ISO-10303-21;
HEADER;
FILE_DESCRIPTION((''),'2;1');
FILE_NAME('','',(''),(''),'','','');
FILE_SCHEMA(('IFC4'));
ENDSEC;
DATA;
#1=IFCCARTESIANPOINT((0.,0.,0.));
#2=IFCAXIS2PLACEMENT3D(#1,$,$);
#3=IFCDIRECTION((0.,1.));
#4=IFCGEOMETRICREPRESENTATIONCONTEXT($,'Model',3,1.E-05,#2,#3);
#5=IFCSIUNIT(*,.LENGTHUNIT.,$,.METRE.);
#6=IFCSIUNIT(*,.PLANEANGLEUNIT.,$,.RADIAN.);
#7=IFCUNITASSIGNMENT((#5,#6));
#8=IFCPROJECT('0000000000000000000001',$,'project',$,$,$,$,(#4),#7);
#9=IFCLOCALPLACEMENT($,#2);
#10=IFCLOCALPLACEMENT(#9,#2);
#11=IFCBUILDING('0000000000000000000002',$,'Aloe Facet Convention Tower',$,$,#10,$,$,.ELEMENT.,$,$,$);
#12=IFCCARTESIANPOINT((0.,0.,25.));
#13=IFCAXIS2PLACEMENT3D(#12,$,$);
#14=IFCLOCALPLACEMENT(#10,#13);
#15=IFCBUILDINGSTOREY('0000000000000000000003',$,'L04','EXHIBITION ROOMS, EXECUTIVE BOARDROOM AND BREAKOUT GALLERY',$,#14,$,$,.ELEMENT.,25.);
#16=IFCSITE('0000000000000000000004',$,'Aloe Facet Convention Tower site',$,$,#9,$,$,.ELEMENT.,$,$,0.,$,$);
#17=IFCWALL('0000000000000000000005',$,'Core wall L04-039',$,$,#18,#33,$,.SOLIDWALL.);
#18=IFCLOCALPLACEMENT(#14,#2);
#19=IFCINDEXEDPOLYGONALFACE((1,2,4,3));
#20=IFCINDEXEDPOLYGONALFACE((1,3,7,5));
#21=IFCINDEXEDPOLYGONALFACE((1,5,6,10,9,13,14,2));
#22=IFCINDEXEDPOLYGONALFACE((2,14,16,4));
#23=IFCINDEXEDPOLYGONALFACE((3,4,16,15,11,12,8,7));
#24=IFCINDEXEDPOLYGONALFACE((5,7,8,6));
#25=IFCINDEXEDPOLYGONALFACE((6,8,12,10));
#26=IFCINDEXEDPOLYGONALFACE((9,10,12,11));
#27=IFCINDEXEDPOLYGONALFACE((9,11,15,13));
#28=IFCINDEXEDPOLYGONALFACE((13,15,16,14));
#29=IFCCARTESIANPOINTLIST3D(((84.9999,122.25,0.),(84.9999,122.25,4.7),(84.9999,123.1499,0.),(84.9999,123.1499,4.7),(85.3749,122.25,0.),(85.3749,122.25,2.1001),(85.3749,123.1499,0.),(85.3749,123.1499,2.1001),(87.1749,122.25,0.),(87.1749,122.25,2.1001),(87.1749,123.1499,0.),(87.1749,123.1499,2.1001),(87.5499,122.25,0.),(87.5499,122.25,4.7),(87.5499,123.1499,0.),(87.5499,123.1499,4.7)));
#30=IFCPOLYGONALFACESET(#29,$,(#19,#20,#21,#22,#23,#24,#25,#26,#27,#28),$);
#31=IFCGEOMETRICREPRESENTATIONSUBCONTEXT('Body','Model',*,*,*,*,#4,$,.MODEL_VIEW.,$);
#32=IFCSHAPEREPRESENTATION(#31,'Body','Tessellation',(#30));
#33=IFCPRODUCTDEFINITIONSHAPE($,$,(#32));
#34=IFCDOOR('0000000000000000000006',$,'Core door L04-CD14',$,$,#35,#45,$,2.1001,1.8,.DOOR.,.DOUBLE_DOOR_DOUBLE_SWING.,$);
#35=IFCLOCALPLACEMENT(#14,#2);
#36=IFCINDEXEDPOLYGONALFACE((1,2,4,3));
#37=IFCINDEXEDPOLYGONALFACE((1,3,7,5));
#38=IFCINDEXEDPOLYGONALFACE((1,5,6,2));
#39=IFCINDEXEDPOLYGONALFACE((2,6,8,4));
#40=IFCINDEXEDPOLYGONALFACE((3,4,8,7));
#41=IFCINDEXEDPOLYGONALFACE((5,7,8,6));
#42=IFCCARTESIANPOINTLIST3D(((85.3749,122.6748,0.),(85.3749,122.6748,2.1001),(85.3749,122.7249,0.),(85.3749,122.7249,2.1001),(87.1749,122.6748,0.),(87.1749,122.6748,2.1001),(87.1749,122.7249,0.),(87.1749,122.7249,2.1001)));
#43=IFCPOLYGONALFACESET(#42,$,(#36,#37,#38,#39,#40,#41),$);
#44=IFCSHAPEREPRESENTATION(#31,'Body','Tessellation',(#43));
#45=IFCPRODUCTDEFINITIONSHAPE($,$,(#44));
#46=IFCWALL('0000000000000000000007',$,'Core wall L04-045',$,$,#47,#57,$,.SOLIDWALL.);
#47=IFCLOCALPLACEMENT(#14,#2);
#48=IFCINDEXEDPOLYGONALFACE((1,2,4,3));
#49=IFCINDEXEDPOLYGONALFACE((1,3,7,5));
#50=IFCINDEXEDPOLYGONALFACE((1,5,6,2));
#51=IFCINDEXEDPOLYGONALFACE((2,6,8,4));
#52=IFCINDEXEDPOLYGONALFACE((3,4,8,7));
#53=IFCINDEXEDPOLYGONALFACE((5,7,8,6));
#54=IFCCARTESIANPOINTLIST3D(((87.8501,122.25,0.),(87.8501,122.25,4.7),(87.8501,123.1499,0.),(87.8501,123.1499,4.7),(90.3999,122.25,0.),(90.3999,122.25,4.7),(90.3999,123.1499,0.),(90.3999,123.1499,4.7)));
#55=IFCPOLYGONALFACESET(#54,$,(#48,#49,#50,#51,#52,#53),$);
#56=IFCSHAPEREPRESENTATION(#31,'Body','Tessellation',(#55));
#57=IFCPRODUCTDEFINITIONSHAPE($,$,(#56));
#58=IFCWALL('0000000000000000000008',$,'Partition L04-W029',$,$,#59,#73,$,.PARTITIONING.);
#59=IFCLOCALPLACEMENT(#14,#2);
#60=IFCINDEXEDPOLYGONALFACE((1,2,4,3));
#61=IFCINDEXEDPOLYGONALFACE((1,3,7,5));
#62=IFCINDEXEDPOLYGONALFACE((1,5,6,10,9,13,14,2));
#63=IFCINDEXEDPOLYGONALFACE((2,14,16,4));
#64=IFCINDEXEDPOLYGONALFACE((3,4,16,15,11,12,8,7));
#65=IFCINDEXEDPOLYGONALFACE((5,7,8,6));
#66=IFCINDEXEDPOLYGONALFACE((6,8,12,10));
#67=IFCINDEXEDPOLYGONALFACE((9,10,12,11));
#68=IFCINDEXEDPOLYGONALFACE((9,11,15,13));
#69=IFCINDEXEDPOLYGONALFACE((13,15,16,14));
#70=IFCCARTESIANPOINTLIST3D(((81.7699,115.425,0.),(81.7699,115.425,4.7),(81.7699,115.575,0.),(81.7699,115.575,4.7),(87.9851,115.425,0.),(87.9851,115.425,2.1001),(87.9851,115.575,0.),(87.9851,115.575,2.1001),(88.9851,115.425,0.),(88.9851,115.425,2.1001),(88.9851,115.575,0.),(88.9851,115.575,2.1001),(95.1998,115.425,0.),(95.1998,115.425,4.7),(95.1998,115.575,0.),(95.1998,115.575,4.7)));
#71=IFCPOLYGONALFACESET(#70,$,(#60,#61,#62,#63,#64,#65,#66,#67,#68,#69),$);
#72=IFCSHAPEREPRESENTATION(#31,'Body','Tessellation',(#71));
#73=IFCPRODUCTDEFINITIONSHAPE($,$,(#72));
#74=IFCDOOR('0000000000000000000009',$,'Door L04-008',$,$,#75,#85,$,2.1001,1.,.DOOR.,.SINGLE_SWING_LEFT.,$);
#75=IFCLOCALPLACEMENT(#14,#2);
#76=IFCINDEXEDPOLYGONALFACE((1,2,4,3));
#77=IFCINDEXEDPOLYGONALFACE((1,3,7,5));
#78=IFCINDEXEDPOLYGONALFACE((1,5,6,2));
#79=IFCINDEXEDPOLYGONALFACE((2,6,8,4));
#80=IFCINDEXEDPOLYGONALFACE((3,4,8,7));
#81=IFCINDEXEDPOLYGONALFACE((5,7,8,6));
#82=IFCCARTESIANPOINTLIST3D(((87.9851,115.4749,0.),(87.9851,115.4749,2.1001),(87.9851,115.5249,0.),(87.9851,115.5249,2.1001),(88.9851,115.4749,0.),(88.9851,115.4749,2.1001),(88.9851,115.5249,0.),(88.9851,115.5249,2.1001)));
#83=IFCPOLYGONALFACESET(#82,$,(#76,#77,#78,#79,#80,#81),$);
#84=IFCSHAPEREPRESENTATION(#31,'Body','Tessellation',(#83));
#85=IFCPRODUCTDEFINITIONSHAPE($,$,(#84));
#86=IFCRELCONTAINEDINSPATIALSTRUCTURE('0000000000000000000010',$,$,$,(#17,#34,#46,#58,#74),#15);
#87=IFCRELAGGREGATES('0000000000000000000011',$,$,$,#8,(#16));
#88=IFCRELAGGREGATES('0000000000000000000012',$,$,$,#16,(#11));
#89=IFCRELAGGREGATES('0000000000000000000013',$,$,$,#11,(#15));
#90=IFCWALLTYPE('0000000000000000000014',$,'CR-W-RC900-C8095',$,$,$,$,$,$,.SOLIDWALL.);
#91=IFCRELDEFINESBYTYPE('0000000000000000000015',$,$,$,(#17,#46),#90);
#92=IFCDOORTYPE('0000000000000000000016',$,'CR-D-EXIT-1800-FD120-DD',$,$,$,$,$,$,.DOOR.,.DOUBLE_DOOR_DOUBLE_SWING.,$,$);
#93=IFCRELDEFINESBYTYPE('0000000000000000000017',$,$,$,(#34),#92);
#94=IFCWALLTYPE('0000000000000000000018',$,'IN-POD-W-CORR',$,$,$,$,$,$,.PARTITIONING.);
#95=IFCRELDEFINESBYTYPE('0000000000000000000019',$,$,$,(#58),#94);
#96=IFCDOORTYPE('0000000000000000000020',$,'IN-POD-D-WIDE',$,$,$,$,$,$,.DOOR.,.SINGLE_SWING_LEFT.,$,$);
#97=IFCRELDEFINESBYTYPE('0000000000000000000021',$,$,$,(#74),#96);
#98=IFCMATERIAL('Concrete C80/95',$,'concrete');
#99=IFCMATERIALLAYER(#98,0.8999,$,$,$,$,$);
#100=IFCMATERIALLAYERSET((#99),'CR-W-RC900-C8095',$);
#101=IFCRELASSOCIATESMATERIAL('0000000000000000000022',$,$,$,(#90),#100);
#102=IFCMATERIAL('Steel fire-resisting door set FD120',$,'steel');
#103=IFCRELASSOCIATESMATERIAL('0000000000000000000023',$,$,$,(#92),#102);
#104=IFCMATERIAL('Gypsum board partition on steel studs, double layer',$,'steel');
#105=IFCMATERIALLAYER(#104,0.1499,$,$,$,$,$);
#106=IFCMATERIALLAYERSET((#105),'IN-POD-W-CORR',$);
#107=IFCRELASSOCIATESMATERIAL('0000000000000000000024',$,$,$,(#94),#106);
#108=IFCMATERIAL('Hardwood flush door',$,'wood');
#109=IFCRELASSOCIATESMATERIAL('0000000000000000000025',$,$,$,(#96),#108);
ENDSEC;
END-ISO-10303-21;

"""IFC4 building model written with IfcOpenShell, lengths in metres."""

from ifc_helpers import new_model, si_unit, direction, frame, frame_2d, origin, place, context, subcontext, project, spatial, rectangle, extrude, material, layer, layer_set, type_object, element, fill, save


model = new_model("IFC4")

# Units and contexts
model_context = context("Model", 3, precision=1e-05, world=origin(), true_north=direction((0.0, 1.0)))
body_context = subcontext(model_context, "Body", "Model", "MODEL_VIEW")
ifc_project = project(units=[si_unit("LENGTHUNIT", "METRE"), si_unit("PLANEANGLEUNIT", "RADIAN")], contexts=[model_context])

# Site, building, storey
site_placement = place(None, origin())
site = spatial("IfcSite", under=ifc_project, at=site_placement, Name="Aloe Facet Convention Tower site", CompositionType="ELEMENT", RefElevation=0.0)
building_placement = place(site_placement, origin())
building = spatial("IfcBuilding", under=site, at=building_placement, Name="Aloe Facet Convention Tower", CompositionType="ELEMENT")
storey_placement = place(building_placement, frame((0.0, 0.0, 25.0)))
storey = spatial("IfcBuildingStorey", under=building, at=storey_placement, Name="L04", Description="EXHIBITION ROOMS, EXECUTIVE BOARDROOM AND BREAKOUT GALLERY", CompositionType="ELEMENT", Elevation=25.0)

# Wall, opening, door
ifc_material_1 = material(Name="Concrete C80/95", Category="concrete")
ifc_layer_1 = layer(ifc_material_1, 0.8999)
ifc_layer_set_1 = layer_set([ifc_layer_1], Name="CR-W-RC900-C8095")
wall_type_1 = type_object("IfcWallType", Name="CR-W-RC900-C8095", PredefinedType="SOLIDWALL", material=ifc_layer_set_1)
wall_1_placement = place(storey_placement, frame((85.0, 122.7, 0.0), z_axis=(0.0, 0.0, 1.0), x_axis=(1.0, 0.0, 0.0)))
wall_1 = element("IfcWall", 1, at=wall_1_placement, inside=storey, type_object=wall_type_1, Name="Core wall L04-039", PredefinedType="SOLIDWALL", context=body_context, shape_type="SweptSolid", body=[
    extrude(rectangle(XDim=2.55, YDim=0.8999, at=frame_2d((1.2749, 0.0))), origin(), (0.0, 0.0, 1.0), 4.7),
])
opening_1_placement = place(wall_1_placement, frame((0.375, 0.0, 0.0)))
opening_1 = element("IfcOpeningElement", 2, at=opening_1_placement, cuts=wall_1, PredefinedType="OPENING", context=body_context, shape_type="SweptSolid", body=[
    extrude(rectangle(XDim=1.8, YDim=2.1001, at=frame_2d((0.8999, 1.05))), frame((0.0, 0.46, 0.0), z_axis=(0.0, -1.0, 0.0), x_axis=(1.0, 0.0, 0.0)), (0.0, 0.0, 1.0), 0.9199),
])
ifc_material_2 = material(Name="Steel fire-resisting door set FD120", Category="steel")
door_type_1 = type_object("IfcDoorType", Name="CR-D-EXIT-1800-FD120-DD", OperationType="DOUBLE_DOOR_DOUBLE_SWING", PredefinedType="DOOR", material=ifc_material_2)
door_1_placement = place(opening_1_placement, origin())
door_1 = element("IfcDoor", 3, at=door_1_placement, inside=storey, type_object=door_type_1, Name="Core door L04-CD14", OperationType="DOUBLE_DOOR_DOUBLE_SWING", OverallHeight=2.1001, OverallWidth=1.8, PredefinedType="DOOR", context=body_context, shape_type="SweptSolid", body=[
    extrude(rectangle(XDim=1.8, YDim=2.1001, at=frame_2d((0.8999, 1.05))), frame((0.0, 0.0249, 0.0), z_axis=(0.0, -1.0, 0.0), x_axis=(1.0, 0.0, 0.0)), (0.0, 0.0, 1.0), 0.05),
])
fill(opening_1, door_1)

# Wall
wall_2_placement = place(storey_placement, frame((87.8501, 122.7, 0.0), z_axis=(0.0, 0.0, 1.0), x_axis=(1.0, 0.0, 0.0)))
element("IfcWall", 4, at=wall_2_placement, inside=storey, type_object=wall_type_1, Name="Core wall L04-045", PredefinedType="SOLIDWALL", context=body_context, shape_type="SweptSolid", body=[
    extrude(rectangle(XDim=2.5498, YDim=0.8999, at=frame_2d((1.2749, 0.0))), origin(), (0.0, 0.0, 1.0), 4.7),
])

# Wall, opening, door
ifc_material_3 = material(Name="Gypsum board partition on steel studs, double layer", Category="steel")
ifc_layer_2 = layer(ifc_material_3, 0.1499)
ifc_layer_set_2 = layer_set([ifc_layer_2], Name="IN-POD-W-CORR")
wall_type_2 = type_object("IfcWallType", Name="IN-POD-W-CORR", PredefinedType="PARTITIONING", material=ifc_layer_set_2)
wall_3_placement = place(storey_placement, frame((81.77, 115.5, 0.0), z_axis=(0.0, 0.0, 1.0), x_axis=(1.0, 0.0, 0.0)))
wall_3 = element("IfcWall", 5, at=wall_3_placement, inside=storey, type_object=wall_type_2, Name="Partition L04-W029", PredefinedType="PARTITIONING", context=body_context, shape_type="SweptSolid", body=[
    extrude(rectangle(XDim=13.4299, YDim=0.1499, at=frame_2d((6.7148, 0.0))), origin(), (0.0, 0.0, 1.0), 4.7),
])
opening_2_placement = place(wall_3_placement, frame((6.2151, 0.0, 0.0)))
opening_2 = element("IfcOpeningElement", 6, at=opening_2_placement, cuts=wall_3, PredefinedType="OPENING", context=body_context, shape_type="SweptSolid", body=[
    extrude(rectangle(XDim=1.0, YDim=2.1001, at=frame_2d((0.5, 1.05))), frame((0.0, 0.085, 0.0), z_axis=(0.0, -1.0, 0.0), x_axis=(1.0, 0.0, 0.0)), (0.0, 0.0, 1.0), 0.1699),
])
ifc_material_4 = material(Name="Hardwood flush door", Category="wood")
door_type_2 = type_object("IfcDoorType", Name="IN-POD-D-WIDE", OperationType="SINGLE_SWING_LEFT", PredefinedType="DOOR", material=ifc_material_4)
door_2_placement = place(opening_2_placement, origin())
door_2 = element("IfcDoor", 7, at=door_2_placement, inside=storey, type_object=door_type_2, Name="Door L04-008", OperationType="SINGLE_SWING_LEFT", OverallHeight=2.1001, OverallWidth=1.0, PredefinedType="DOOR", context=body_context, shape_type="SweptSolid", body=[
    extrude(rectangle(XDim=1.0, YDim=2.1001, at=frame_2d((0.5, 1.05))), frame((0.0, 0.0249, 0.0), z_axis=(0.0, -1.0, 0.0), x_axis=(1.0, 0.0, 0.0)), (0.0, 0.0, 1.0), 0.05),
])
fill(opening_2, door_2)

save(model, "model.ifc")
